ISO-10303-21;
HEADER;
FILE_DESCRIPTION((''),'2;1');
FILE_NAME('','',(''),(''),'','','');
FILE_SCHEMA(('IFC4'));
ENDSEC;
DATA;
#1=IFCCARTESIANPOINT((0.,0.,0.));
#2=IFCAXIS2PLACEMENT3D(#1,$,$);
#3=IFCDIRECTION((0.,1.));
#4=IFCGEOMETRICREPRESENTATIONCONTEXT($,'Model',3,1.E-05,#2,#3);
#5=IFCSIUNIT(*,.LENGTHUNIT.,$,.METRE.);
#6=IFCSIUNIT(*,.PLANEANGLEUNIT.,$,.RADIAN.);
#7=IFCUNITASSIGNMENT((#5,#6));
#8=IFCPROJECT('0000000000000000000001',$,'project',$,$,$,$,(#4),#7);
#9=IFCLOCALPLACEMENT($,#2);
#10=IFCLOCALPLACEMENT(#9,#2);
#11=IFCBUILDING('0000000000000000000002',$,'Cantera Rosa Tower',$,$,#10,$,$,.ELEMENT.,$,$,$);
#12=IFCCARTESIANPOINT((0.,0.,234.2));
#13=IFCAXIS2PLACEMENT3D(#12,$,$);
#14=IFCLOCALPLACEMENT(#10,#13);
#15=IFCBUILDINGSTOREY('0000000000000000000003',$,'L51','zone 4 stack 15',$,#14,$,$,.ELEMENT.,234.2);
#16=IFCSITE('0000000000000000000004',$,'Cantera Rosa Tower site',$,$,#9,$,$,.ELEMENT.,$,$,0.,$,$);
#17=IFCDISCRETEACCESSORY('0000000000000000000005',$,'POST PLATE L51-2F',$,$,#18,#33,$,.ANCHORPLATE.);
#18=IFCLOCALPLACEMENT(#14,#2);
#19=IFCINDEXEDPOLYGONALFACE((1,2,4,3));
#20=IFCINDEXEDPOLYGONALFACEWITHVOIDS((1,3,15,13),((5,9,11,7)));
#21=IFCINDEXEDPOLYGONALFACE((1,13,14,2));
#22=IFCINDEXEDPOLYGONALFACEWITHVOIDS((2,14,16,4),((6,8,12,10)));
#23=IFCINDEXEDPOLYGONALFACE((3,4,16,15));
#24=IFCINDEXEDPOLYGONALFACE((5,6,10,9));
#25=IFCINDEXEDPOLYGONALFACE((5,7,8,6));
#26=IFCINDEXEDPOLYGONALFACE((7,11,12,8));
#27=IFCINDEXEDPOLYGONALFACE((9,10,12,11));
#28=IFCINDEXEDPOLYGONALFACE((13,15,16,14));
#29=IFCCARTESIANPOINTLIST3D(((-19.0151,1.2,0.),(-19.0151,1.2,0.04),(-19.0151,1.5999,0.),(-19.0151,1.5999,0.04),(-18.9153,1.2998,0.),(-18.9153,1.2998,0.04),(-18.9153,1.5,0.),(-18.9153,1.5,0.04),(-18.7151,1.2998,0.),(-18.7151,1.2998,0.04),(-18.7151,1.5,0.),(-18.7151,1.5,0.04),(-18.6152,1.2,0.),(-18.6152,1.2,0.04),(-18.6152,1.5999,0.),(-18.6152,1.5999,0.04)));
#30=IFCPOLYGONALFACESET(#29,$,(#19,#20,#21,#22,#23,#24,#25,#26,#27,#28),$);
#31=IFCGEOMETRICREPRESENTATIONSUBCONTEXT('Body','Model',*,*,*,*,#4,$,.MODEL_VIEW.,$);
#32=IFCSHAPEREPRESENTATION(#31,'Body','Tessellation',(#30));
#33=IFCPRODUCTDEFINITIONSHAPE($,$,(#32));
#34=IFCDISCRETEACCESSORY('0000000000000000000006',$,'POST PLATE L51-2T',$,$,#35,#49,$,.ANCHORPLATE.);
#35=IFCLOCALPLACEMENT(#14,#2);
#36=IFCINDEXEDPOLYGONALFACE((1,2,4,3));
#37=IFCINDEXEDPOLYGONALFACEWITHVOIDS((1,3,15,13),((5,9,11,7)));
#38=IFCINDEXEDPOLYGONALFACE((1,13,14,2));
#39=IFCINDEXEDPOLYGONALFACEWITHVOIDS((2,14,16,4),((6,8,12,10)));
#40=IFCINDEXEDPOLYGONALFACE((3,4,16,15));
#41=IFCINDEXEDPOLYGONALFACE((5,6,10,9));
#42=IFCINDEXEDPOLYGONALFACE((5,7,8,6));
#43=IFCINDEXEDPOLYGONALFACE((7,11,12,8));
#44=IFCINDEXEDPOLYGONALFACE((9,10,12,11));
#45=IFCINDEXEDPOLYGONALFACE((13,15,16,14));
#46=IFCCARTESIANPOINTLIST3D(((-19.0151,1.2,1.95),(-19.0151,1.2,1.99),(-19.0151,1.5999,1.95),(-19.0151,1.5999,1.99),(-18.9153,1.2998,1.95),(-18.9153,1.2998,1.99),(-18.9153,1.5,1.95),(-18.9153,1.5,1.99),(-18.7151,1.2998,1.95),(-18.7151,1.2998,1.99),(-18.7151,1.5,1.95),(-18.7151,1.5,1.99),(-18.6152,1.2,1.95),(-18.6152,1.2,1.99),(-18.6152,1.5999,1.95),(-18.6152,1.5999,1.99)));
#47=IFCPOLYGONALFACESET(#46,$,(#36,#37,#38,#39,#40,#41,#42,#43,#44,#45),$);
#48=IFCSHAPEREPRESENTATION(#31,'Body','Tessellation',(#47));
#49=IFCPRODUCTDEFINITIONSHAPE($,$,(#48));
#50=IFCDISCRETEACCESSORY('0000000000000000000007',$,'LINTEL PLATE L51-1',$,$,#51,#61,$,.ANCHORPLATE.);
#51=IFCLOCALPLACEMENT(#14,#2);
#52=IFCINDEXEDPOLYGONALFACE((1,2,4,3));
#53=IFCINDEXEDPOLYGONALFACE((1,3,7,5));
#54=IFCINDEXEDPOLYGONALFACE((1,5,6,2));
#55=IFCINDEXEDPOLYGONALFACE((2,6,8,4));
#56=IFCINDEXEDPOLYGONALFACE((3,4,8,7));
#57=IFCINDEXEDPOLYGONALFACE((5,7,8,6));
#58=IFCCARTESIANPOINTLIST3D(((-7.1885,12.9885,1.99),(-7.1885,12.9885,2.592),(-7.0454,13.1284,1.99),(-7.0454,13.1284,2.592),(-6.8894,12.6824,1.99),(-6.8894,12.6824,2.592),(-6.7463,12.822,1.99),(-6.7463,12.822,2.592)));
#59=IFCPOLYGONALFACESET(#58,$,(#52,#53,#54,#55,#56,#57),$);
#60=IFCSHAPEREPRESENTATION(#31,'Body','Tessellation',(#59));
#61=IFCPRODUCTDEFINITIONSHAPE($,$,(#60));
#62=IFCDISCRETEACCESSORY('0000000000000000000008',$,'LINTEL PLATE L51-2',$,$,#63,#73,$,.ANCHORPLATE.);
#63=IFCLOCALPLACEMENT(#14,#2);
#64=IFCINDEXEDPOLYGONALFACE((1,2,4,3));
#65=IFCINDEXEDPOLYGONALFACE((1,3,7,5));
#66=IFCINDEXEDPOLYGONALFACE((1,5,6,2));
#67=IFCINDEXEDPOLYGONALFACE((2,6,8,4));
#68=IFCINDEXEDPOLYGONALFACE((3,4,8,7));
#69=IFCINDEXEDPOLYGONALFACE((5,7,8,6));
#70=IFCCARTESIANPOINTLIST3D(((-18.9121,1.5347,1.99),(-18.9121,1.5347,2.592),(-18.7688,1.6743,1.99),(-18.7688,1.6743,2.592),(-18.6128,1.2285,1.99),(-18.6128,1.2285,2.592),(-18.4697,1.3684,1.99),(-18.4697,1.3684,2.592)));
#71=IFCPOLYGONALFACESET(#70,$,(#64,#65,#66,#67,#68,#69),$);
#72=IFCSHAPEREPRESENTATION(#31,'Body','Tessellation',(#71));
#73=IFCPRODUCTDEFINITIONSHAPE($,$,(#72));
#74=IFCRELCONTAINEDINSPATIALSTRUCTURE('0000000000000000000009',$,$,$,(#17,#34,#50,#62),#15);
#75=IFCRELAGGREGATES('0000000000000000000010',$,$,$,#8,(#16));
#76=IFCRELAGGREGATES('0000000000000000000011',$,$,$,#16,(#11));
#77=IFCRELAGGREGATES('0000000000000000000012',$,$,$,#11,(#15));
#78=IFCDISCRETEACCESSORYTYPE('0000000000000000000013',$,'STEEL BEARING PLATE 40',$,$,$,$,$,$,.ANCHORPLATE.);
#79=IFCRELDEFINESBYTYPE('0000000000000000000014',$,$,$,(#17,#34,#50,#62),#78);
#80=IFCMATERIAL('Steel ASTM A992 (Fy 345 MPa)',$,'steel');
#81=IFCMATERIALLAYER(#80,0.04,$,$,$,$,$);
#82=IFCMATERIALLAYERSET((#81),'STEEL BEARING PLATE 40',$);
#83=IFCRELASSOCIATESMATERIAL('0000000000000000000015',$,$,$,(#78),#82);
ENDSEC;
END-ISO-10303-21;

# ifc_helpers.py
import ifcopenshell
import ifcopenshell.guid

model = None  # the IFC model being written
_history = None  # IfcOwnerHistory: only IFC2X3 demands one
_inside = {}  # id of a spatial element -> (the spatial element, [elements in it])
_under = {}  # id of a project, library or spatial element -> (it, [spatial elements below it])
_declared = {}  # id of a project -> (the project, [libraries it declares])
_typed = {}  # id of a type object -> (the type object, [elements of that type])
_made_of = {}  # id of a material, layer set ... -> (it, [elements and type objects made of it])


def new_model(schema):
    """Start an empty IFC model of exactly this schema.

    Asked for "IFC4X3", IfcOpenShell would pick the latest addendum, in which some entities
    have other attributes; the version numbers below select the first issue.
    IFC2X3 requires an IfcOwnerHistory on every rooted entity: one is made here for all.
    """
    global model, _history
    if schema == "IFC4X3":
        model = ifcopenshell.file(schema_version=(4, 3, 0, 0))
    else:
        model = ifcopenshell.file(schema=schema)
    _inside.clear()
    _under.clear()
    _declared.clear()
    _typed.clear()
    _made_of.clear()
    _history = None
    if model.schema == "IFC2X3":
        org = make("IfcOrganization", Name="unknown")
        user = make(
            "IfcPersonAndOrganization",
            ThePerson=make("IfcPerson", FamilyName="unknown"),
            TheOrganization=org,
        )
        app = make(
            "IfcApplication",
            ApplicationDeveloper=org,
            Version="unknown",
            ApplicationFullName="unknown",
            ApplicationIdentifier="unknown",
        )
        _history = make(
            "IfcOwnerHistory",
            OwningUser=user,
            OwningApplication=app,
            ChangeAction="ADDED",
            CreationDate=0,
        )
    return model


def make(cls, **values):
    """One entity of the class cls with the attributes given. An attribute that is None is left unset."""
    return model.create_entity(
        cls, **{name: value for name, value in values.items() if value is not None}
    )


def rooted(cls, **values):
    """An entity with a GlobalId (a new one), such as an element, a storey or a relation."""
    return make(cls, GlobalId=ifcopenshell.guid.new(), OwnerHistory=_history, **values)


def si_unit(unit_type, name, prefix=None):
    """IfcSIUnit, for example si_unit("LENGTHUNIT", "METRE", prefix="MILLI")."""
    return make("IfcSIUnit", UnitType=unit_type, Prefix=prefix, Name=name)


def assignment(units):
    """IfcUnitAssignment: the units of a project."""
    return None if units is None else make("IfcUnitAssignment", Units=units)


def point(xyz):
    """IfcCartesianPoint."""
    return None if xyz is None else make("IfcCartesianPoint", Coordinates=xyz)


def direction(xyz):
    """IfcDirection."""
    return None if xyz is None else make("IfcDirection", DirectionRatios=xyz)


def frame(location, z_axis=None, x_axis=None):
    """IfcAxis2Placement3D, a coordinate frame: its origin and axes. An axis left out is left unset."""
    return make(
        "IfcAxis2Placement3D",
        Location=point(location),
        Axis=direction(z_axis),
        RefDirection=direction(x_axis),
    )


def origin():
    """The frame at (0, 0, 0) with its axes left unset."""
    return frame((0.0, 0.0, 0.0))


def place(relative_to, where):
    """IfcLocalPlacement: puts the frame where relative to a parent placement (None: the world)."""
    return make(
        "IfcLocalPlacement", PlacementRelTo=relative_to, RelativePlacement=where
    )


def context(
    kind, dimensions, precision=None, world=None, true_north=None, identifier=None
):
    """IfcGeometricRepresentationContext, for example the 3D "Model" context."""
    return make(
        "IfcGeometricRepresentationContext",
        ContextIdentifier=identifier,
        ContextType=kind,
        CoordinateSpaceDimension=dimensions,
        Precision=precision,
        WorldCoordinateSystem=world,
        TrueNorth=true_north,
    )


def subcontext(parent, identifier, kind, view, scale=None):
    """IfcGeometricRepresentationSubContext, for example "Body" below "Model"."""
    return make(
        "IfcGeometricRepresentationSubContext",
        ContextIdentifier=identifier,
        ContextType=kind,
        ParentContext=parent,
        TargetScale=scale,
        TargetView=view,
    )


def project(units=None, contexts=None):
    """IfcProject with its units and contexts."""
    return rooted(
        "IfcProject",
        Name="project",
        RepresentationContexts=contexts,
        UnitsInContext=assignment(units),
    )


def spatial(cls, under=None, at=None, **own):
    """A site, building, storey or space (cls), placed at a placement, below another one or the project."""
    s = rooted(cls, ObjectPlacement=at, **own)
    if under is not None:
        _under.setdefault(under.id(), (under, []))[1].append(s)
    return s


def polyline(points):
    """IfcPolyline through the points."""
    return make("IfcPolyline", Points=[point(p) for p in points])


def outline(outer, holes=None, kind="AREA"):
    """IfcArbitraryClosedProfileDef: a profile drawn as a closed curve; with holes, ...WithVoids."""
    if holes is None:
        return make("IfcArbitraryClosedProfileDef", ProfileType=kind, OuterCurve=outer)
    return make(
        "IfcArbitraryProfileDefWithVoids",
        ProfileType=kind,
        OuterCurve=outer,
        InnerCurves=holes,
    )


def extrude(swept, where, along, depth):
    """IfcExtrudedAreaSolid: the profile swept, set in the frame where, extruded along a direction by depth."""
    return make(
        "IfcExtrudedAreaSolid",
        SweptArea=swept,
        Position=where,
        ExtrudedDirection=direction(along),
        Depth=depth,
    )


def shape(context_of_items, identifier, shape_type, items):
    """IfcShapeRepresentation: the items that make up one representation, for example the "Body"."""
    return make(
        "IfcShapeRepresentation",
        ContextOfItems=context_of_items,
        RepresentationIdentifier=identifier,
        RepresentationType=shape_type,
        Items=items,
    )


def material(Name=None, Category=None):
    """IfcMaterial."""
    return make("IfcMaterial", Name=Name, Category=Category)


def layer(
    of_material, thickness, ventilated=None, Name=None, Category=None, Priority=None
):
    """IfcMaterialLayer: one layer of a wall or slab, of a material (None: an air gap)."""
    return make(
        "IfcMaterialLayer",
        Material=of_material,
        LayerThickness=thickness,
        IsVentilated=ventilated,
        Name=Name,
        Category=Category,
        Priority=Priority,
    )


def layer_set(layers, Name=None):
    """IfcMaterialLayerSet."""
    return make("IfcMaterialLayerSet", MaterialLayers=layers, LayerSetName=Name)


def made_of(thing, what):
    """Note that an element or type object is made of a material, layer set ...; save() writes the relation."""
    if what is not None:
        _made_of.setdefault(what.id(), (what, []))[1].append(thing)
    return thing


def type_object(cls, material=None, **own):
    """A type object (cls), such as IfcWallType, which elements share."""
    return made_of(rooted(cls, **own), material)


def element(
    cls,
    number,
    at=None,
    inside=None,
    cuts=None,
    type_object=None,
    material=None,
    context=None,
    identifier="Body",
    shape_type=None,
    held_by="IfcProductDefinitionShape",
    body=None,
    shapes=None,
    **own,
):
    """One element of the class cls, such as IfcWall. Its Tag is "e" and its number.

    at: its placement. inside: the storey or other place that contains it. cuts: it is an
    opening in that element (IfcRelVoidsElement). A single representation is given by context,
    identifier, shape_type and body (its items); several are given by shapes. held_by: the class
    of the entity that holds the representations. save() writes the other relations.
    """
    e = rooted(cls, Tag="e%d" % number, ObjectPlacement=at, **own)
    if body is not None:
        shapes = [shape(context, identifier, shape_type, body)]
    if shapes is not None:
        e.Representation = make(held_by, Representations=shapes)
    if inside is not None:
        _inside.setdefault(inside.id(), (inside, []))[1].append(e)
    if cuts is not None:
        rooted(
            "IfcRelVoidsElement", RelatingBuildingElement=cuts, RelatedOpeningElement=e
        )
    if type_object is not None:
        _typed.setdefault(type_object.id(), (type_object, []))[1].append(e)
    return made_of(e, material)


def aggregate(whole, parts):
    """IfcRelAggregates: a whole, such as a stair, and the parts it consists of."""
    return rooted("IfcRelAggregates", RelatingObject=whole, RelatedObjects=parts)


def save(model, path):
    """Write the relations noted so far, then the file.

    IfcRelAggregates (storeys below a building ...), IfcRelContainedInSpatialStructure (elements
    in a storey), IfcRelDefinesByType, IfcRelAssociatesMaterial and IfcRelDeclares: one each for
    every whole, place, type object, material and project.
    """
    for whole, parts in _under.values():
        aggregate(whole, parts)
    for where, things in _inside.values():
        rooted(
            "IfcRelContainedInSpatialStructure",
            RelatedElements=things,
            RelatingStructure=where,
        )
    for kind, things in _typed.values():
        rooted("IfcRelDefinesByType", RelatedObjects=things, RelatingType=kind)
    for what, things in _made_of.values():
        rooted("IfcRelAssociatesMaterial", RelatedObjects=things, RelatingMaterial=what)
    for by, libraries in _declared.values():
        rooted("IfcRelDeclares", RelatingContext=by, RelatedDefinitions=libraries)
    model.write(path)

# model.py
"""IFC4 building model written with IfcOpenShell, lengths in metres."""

from ifc_helpers import new_model, si_unit, direction, frame, origin, place, context, subcontext, project, spatial, polyline, outline, extrude, material, layer, layer_set, type_object, element, save


model = new_model("IFC4")

# Units and contexts
model_context = context("Model", 3, precision=1e-05, world=origin(), true_north=direction((0.0, 1.0)))
body_context = subcontext(model_context, "Body", "Model", "MODEL_VIEW")
ifc_project = project(units=[si_unit("LENGTHUNIT", "METRE"), si_unit("PLANEANGLEUNIT", "RADIAN")], contexts=[model_context])

# Site, building, storey
site_placement = place(None, origin())
site = spatial("IfcSite", under=ifc_project, at=site_placement, Name="Cantera Rosa Tower site", CompositionType="ELEMENT", RefElevation=0.0)
building_placement = place(site_placement, origin())
building = spatial("IfcBuilding", under=site, at=building_placement, Name="Cantera Rosa Tower", CompositionType="ELEMENT")
storey_placement = place(building_placement, frame((0.0, 0.0, 234.2)))
storey = spatial("IfcBuildingStorey", under=building, at=storey_placement, Name="L51", Description="zone 4 stack 15", CompositionType="ELEMENT", Elevation=234.2)

# Discrete accessories
ifc_material_1 = material(Name="Steel ASTM A992 (Fy 345 MPa)", Category="steel")
ifc_layer_1 = layer(ifc_material_1, 0.04)
ifc_layer_set_1 = layer_set([ifc_layer_1], Name="STEEL BEARING PLATE 40")
discrete_accessory_type = type_object("IfcDiscreteAccessoryType", Name="STEEL BEARING PLATE 40", PredefinedType="ANCHORPLATE", material=ifc_layer_set_1)
for number, where, name in (
    (1, (0.0, 0.0, 0.0), "POST PLATE L51-2F"),
    (2, (0.0, 0.0, 1.95), "POST PLATE L51-2T"),
):
    element("IfcDiscreteAccessory", number, at=place(storey_placement, frame(where)), inside=storey, type_object=discrete_accessory_type, Name=name, PredefinedType="ANCHORPLATE", context=body_context, shape_type="SweptSolid", body=[
        extrude(outline(polyline([(-19.0151, 1.2), (-18.6152, 1.2), (-18.6152, 1.5999), (-19.0151, 1.5999), (-19.0151, 1.2)]), holes=[polyline([(-18.9153, 1.2998), (-18.7151, 1.2998), (-18.7151, 1.5), (-18.9153, 1.5), (-18.9153, 1.2998)])]), origin(), (0.0, 0.0, 1.0), 0.04),
    ])
discrete_accessory_1_placement = place(storey_placement, frame((0.0, 0.0, 1.99)))
element("IfcDiscreteAccessory", 3, at=discrete_accessory_1_placement, inside=storey, type_object=discrete_accessory_type, Name="LINTEL PLATE L51-1", PredefinedType="ANCHORPLATE", context=body_context, shape_type="SweptSolid", body=[
    extrude(outline(polyline([(-6.8894, 12.6824), (-6.7463, 12.822), (-7.0454, 13.1284), (-7.1885, 12.9885), (-6.8894, 12.6824)])), origin(), (0.0, 0.0, 1.0), 0.6021),
])
discrete_accessory_2_placement = place(storey_placement, frame((0.0, 0.0, 1.99)))
element("IfcDiscreteAccessory", 4, at=discrete_accessory_2_placement, inside=storey, type_object=discrete_accessory_type, Name="LINTEL PLATE L51-2", PredefinedType="ANCHORPLATE", context=body_context, shape_type="SweptSolid", body=[
    extrude(outline(polyline([(-18.7688, 1.6743), (-18.9121, 1.5347), (-18.6128, 1.2285), (-18.4697, 1.3684), (-18.7688, 1.6743)])), origin(), (0.0, 0.0, 1.0), 0.6021),
])

save(model, "model.ifc")
